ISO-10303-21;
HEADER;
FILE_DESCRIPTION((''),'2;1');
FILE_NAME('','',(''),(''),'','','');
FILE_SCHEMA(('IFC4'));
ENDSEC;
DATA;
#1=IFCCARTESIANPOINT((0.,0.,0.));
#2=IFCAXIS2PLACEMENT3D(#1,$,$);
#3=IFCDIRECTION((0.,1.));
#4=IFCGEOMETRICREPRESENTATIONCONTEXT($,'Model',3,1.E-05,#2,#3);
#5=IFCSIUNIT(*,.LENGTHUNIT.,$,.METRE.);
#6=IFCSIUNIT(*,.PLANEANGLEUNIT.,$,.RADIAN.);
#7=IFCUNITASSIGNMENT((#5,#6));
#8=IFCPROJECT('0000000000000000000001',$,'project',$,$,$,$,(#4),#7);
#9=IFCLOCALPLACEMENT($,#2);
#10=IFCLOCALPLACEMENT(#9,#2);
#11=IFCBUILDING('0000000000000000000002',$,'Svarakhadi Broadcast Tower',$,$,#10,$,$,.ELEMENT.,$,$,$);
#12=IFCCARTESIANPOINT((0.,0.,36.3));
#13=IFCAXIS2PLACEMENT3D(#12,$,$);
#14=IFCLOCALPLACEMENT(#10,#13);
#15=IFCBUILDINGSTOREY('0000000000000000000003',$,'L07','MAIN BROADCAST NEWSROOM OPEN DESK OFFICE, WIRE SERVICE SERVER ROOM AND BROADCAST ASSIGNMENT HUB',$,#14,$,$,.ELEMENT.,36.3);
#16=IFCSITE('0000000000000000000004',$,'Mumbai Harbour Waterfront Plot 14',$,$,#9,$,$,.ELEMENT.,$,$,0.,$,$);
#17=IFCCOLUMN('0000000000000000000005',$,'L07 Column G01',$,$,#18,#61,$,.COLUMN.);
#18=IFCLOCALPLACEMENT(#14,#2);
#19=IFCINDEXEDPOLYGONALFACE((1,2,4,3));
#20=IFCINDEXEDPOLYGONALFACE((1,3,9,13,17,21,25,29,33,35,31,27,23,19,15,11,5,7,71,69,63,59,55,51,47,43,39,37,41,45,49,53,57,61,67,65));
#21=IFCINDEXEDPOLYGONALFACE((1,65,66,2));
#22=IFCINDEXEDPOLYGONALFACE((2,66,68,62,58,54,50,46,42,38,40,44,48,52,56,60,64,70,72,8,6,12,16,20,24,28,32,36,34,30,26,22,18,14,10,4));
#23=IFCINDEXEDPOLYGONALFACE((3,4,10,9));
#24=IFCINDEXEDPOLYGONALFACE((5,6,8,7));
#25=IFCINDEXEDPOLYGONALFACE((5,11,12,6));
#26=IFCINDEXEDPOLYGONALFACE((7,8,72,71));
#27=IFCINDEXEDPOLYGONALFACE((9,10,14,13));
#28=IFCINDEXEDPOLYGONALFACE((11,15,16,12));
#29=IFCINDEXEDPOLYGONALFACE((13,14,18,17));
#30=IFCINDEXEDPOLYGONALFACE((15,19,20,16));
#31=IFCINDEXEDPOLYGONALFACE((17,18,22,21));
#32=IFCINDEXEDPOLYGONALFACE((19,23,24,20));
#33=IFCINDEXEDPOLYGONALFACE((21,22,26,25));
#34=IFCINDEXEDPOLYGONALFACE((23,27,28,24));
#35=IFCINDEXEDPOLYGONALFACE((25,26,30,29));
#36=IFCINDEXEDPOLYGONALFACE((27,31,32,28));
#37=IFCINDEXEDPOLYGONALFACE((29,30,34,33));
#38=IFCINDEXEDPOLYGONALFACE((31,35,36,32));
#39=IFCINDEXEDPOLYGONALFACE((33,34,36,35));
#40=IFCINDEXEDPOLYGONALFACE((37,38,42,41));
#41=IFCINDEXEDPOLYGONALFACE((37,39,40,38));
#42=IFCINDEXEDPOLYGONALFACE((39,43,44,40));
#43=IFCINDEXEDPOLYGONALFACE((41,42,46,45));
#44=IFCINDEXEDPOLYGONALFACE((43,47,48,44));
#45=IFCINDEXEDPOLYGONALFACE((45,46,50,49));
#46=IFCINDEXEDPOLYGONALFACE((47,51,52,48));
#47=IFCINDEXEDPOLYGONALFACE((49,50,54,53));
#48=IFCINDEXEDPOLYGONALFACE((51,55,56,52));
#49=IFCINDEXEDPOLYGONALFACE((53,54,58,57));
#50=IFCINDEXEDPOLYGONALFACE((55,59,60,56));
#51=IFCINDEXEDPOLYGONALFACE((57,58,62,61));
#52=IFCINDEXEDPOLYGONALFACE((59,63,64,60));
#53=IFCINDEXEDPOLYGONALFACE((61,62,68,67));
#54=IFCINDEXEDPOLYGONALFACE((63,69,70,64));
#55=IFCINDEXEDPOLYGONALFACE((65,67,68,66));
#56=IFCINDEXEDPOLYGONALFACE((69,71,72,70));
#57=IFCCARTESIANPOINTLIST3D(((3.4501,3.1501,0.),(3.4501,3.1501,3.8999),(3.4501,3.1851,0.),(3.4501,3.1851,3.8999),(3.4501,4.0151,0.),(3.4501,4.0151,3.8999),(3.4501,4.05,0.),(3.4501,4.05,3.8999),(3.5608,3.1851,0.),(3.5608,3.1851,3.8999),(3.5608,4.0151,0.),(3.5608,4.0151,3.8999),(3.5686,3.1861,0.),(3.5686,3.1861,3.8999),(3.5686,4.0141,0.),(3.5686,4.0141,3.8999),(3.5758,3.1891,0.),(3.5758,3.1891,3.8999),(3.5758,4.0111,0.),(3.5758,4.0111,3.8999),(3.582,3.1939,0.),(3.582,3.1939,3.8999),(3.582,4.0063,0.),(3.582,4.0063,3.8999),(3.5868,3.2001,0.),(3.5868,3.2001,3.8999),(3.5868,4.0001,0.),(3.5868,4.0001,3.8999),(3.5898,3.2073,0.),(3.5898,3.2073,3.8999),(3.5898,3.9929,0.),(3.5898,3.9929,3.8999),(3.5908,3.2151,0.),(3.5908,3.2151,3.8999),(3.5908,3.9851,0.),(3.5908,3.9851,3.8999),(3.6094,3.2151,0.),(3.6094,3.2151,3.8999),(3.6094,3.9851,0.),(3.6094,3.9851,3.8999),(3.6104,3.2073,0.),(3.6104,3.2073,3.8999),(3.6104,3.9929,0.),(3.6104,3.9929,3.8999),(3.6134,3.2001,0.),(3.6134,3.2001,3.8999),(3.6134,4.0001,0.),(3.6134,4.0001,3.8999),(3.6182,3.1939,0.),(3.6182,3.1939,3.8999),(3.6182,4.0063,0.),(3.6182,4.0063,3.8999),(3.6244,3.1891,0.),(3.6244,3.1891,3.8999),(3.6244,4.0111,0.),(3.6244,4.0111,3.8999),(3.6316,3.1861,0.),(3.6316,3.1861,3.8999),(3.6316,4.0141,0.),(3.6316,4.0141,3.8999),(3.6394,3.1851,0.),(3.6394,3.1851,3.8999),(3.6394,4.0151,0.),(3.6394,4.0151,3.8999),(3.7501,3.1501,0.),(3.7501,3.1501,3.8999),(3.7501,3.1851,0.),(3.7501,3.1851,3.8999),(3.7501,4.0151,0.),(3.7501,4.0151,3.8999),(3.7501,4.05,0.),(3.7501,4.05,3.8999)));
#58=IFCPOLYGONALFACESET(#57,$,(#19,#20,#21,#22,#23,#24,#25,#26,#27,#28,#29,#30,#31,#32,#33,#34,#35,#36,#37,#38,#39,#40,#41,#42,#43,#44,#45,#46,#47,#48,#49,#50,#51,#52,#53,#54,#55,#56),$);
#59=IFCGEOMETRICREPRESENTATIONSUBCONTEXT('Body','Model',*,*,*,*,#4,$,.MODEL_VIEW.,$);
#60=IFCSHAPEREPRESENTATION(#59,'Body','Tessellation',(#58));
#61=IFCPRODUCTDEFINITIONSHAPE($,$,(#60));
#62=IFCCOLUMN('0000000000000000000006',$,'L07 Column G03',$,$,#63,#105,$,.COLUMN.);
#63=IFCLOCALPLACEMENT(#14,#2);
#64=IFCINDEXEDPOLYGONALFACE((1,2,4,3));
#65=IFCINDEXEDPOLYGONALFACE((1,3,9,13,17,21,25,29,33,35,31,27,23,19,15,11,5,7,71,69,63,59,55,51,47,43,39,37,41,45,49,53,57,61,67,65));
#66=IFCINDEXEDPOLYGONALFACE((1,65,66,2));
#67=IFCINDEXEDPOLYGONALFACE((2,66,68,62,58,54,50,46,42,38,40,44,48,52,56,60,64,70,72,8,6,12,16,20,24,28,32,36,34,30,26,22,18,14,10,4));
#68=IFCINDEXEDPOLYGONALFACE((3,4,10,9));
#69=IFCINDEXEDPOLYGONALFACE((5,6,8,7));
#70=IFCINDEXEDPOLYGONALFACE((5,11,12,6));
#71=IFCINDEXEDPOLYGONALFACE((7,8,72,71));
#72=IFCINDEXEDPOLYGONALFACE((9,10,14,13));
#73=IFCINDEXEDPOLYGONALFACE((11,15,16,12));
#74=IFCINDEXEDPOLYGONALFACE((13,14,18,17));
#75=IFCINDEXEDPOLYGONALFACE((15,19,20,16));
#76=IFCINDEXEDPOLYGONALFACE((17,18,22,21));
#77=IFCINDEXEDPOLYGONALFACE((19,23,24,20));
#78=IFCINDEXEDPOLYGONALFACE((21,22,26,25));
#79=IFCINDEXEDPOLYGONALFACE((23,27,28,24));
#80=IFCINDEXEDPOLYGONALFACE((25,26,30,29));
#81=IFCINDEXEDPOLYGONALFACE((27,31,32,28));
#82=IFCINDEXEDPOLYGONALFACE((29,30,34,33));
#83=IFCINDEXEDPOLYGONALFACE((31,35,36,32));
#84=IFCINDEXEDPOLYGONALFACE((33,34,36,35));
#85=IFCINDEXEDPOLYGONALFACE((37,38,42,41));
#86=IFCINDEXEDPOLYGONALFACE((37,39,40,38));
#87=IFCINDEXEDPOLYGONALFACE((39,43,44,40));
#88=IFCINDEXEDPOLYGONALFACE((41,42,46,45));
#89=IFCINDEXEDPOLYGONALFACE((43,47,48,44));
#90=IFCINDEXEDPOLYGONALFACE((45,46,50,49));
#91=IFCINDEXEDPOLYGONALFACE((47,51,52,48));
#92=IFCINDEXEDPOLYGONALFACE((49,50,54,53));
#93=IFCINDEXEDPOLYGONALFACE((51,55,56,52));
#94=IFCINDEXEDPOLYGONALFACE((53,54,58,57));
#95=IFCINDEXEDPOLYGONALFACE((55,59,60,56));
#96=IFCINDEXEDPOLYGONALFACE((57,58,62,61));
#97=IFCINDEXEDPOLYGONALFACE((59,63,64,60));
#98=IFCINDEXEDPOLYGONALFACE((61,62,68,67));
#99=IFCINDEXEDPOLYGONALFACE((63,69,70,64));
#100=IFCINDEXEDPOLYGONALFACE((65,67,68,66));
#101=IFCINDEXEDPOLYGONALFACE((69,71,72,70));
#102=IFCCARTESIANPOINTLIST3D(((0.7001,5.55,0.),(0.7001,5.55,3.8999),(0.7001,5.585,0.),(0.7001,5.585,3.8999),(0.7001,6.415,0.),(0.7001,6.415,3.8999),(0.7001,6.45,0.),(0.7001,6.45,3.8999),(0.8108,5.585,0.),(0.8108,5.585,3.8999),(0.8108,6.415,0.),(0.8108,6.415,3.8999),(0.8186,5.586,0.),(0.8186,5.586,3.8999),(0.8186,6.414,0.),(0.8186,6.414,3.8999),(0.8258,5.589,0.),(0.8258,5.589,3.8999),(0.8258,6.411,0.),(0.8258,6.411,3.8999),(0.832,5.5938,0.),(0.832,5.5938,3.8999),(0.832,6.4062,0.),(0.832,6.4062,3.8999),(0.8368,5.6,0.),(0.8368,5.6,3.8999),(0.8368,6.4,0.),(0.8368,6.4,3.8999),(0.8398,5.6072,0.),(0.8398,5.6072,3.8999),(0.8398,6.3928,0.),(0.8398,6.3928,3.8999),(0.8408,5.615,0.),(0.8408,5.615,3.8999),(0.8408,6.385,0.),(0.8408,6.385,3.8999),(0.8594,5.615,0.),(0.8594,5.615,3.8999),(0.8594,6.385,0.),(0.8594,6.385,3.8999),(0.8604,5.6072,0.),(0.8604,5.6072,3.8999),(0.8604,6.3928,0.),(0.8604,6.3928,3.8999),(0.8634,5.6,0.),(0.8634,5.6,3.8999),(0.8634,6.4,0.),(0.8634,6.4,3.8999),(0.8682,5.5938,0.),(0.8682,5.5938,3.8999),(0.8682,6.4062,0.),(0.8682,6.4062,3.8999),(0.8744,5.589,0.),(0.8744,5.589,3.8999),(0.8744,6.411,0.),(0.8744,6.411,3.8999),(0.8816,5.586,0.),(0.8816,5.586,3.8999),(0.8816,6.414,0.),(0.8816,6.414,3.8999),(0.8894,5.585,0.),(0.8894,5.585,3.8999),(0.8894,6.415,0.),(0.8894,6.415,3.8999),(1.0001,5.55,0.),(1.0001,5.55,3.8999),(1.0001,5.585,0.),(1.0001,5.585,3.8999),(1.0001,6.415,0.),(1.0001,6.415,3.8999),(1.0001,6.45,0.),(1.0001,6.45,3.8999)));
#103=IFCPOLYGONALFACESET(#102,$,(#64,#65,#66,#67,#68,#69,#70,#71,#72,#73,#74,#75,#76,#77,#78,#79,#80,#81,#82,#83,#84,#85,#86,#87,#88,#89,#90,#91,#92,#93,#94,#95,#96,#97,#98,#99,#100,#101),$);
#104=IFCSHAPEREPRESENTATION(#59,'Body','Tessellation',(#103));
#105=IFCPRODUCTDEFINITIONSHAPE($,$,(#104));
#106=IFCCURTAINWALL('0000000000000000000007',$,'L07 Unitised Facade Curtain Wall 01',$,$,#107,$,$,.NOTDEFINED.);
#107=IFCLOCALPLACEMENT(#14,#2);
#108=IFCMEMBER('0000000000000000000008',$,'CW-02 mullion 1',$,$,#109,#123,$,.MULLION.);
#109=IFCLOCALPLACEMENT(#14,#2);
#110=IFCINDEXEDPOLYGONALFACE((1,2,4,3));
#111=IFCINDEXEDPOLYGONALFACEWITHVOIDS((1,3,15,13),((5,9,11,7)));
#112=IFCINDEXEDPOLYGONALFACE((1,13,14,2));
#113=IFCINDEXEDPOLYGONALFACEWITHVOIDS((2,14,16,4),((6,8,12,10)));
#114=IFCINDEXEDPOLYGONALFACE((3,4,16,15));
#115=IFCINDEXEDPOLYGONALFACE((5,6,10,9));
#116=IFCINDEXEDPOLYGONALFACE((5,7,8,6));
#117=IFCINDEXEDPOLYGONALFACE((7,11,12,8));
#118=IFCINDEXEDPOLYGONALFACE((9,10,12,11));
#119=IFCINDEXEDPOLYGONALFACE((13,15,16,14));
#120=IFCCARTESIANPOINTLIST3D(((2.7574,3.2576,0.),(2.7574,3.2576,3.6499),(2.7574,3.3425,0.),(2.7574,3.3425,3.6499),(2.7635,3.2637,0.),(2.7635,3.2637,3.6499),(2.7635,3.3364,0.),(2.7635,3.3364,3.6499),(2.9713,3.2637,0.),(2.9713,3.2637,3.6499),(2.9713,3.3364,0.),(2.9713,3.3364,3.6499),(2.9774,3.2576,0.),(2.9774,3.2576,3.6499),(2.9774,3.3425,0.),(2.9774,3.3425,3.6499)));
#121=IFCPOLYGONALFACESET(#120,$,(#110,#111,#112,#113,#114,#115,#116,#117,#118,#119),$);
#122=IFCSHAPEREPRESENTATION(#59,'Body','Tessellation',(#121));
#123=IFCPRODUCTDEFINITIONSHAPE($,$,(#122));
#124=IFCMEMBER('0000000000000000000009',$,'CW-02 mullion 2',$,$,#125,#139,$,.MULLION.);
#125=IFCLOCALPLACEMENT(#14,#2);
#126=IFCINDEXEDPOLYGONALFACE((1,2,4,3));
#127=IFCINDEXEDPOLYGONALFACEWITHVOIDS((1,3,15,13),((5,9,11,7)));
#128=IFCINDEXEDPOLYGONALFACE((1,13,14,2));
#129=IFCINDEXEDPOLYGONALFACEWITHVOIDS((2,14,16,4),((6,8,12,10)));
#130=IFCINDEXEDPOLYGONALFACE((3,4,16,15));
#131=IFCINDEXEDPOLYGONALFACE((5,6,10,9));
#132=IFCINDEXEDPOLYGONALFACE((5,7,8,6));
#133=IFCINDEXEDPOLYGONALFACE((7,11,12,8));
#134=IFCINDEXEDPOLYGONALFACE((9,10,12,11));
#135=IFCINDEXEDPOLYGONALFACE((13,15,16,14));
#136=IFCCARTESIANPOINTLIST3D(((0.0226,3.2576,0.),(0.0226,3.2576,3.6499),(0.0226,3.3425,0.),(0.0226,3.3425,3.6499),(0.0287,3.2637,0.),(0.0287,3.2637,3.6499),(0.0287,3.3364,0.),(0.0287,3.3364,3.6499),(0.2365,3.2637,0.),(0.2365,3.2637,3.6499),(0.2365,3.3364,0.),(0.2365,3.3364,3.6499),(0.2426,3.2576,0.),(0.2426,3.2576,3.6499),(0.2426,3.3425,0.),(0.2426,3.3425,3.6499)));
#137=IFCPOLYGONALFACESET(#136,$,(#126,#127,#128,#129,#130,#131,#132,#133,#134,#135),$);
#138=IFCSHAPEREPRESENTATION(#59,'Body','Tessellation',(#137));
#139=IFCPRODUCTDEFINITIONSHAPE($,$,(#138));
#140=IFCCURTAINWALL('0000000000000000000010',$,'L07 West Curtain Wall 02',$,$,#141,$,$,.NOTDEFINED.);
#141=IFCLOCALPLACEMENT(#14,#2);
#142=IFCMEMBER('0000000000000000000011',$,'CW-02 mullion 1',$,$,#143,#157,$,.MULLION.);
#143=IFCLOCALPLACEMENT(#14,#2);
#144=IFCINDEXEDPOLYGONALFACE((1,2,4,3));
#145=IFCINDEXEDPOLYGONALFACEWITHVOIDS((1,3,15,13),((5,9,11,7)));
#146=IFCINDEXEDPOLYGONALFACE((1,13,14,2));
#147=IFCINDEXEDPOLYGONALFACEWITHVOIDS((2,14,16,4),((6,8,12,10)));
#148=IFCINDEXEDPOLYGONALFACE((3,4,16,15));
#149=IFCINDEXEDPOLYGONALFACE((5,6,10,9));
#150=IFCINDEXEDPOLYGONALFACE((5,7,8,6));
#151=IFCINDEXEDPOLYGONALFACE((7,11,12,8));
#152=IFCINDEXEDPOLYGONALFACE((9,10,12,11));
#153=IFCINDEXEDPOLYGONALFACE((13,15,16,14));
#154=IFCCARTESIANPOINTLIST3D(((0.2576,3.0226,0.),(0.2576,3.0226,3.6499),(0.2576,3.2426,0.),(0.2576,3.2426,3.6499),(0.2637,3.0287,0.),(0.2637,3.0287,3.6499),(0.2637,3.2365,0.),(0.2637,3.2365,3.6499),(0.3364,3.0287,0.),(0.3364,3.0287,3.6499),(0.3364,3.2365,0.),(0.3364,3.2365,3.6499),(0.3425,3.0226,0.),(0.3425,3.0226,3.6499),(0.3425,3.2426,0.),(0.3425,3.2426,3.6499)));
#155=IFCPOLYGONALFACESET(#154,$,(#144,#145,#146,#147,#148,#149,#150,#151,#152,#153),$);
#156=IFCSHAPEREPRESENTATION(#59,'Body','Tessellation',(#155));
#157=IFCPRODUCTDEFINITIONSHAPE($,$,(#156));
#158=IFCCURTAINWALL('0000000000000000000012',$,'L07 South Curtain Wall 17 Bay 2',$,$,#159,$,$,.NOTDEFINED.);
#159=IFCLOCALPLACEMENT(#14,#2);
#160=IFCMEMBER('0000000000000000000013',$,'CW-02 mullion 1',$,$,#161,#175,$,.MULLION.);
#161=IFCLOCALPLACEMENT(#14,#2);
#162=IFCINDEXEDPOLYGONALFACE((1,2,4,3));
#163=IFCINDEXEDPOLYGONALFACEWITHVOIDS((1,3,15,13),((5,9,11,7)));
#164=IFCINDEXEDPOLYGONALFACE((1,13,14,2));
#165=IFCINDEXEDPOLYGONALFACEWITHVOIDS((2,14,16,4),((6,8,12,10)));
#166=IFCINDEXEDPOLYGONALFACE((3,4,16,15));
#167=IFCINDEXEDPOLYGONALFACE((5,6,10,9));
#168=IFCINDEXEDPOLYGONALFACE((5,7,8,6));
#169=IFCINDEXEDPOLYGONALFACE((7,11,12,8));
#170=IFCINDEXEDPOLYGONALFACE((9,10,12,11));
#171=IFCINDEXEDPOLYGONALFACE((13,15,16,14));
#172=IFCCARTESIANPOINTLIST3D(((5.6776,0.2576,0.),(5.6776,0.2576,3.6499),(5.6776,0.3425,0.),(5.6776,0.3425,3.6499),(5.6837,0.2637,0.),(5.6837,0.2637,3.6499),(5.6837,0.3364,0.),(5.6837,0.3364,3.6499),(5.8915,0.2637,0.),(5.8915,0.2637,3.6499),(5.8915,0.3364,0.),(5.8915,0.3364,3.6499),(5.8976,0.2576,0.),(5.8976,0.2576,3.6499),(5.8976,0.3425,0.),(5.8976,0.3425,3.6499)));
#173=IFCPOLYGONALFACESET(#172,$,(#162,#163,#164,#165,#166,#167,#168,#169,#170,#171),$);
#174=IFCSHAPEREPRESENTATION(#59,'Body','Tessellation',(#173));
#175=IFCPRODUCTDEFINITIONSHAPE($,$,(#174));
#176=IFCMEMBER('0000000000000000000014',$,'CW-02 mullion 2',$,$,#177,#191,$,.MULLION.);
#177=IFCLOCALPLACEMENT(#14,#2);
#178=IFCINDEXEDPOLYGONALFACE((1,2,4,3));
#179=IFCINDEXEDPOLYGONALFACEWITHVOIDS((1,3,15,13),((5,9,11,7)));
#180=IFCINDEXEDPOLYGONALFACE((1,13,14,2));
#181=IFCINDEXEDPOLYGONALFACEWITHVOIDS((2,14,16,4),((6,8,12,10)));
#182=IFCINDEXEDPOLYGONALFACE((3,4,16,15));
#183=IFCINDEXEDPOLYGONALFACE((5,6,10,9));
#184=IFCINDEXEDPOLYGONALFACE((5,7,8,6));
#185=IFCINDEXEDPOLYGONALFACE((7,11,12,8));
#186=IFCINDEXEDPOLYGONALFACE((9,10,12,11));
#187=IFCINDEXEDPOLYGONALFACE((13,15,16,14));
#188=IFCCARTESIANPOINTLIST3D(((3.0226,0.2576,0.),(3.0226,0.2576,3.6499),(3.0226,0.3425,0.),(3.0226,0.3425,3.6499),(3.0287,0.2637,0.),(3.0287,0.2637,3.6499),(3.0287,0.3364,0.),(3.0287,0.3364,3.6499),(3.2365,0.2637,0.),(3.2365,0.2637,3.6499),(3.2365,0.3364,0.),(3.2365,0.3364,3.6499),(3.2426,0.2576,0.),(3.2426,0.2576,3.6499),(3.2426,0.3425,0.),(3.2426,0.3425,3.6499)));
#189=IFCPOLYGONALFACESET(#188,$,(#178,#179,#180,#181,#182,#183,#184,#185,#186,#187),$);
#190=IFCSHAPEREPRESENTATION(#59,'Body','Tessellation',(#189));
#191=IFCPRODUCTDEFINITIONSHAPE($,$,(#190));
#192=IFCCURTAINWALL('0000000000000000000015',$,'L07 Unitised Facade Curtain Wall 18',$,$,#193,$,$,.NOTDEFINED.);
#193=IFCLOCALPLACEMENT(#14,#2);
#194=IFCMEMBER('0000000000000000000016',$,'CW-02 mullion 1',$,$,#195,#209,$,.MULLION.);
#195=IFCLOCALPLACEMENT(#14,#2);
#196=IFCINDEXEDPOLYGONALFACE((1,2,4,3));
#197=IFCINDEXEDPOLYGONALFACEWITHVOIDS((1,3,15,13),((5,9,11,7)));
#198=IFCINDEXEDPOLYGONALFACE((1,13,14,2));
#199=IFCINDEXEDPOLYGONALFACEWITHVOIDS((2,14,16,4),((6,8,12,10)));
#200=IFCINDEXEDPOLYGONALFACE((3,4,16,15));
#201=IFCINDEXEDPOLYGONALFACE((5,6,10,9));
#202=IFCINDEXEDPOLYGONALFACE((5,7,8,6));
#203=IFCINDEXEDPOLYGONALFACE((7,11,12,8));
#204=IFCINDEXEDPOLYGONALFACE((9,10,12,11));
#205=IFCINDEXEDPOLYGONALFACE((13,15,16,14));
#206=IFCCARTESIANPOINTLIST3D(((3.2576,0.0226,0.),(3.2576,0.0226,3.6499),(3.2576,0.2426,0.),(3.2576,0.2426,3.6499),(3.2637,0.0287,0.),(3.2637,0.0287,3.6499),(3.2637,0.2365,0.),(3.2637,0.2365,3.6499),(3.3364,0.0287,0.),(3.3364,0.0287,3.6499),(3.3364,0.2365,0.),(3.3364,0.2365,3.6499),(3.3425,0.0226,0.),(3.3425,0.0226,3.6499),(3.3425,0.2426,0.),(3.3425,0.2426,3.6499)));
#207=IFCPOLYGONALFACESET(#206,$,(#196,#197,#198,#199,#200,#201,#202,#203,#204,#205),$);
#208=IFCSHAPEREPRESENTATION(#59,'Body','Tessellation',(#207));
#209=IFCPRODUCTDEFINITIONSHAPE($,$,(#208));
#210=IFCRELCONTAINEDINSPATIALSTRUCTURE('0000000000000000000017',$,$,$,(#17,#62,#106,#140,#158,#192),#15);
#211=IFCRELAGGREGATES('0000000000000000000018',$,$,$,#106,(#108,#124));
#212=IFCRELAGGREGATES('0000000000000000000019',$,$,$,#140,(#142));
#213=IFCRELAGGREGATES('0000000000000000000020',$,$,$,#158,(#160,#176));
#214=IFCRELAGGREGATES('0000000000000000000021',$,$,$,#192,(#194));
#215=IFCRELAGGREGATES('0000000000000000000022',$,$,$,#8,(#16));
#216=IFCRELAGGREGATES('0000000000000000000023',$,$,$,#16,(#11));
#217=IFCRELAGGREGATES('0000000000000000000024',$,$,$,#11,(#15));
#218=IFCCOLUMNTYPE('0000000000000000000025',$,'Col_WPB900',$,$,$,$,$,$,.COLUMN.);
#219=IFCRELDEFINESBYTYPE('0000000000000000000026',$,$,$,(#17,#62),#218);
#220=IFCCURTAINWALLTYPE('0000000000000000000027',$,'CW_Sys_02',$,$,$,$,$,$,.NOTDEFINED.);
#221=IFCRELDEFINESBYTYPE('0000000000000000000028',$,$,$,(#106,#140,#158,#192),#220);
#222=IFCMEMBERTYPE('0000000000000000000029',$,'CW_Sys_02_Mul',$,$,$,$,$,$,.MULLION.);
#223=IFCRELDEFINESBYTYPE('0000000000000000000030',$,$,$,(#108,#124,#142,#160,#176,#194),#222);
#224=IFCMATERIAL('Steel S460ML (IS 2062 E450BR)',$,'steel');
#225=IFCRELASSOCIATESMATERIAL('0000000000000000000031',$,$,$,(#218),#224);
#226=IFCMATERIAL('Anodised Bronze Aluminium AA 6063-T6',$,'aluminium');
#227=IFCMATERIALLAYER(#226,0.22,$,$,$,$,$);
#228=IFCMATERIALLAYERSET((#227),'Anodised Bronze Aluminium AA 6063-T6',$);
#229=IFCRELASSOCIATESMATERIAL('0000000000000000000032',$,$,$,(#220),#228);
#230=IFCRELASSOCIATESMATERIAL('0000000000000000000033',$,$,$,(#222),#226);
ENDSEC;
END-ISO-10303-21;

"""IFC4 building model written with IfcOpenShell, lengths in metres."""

from ifc_helpers import new_model, si_unit, direction, frame, origin, origin_2d, place, context, subcontext, project, spatial, hollow_rectangle, i_section, extrude, material, layer, layer_set, material_profile, profile_set, type_object, element, aggregate, save


model = new_model("IFC4")

# Units and contexts
model_context = context("Model", 3, precision=1e-05, world=origin(), true_north=direction((0.0, 1.0)))
body_context = subcontext(model_context, "Body", "Model", "MODEL_VIEW")
ifc_project = project(units=[si_unit("LENGTHUNIT", "METRE"), si_unit("PLANEANGLEUNIT", "RADIAN")], contexts=[model_context])

# Site, building, storey
site_placement = place(None, origin())
site = spatial("IfcSite", under=ifc_project, at=site_placement, Name="Mumbai Harbour Waterfront Plot 14", CompositionType="ELEMENT", RefElevation=0.0)
building_placement = place(site_placement, origin())
building = spatial("IfcBuilding", under=site, at=building_placement, Name="Svarakhadi Broadcast Tower", CompositionType="ELEMENT")
storey_placement = place(building_placement, frame((0.0, 0.0, 36.3)))
storey = spatial("IfcBuildingStorey", under=building, at=storey_placement, Name="L07", Description="MAIN BROADCAST NEWSROOM OPEN DESK OFFICE, WIRE SERVICE SERVER ROOM AND BROADCAST ASSIGNMENT HUB", CompositionType="ELEMENT", Elevation=36.3)

# Columns
ifc_material_1 = material(Name="Steel S460ML (IS 2062 E450BR)", Category="steel")
ifc_material_profile_1 = material_profile(ifc_material_1, i_section(OverallWidth=0.3, OverallDepth=0.8999, WebThickness=0.0186, FlangeThickness=0.0349, FilletRadius=0.03, at=origin_2d()), Name="WPB 900x300x291")
ifc_profile_set_1 = profile_set([ifc_material_profile_1], Name="Steel S460ML (IS 2062 E450BR)")
column_type = type_object("IfcColumnType", Name="Col_WPB900", PredefinedType="COLUMN", material=ifc_profile_set_1)
for number, where, z_axis, x_axis, name in (
    (1, (3.6001, 3.6001, 0.0), (0.0, 0.0, 1.0), (1.0, 0.0, 0.0), "L07 Column G01"),
    (2, (0.8501, 6.0, 0.0), (0.0, 0.0, 1.0), (1.0, 0.0, 0.0), "L07 Column G03"),
):
    element("IfcColumn", number, at=place(storey_placement, frame(where, z_axis=z_axis, x_axis=x_axis)), inside=storey, type_object=column_type, Name=name, PredefinedType="COLUMN", context=body_context, shape_type="SweptSolid", body=[
        extrude(i_section(OverallWidth=0.3, OverallDepth=0.8999, WebThickness=0.0186, FlangeThickness=0.0349, FilletRadius=0.03, at=origin_2d()), origin(), (0.0, 0.0, 1.0), 3.8999),
    ])

# Curtain wall, members
ifc_material_2 = material(Name="Anodised Bronze Aluminium AA 6063-T6", Category="aluminium")
ifc_layer_1 = layer(ifc_material_2, 0.22)
ifc_layer_set_1 = layer_set([ifc_layer_1], Name="Anodised Bronze Aluminium AA 6063-T6")
curtain_wall_type = type_object("IfcCurtainWallType", Name="CW_Sys_02", PredefinedType="NOTDEFINED", material=ifc_layer_set_1)
curtain_wall_1_placement = place(storey_placement, origin())
curtain_wall_1 = element("IfcCurtainWall", 3, at=curtain_wall_1_placement, inside=storey, type_object=curtain_wall_type, Name="L07 Unitised Facade Curtain Wall 01", PredefinedType="NOTDEFINED")
ifc_material_profile_2 = material_profile(ifc_material_2, hollow_rectangle(XDim=0.085, YDim=0.22, WallThickness=0.0061, at=origin_2d()), Name="ALU MULLION 220x85x6")
ifc_profile_set_2 = profile_set([ifc_material_profile_2], Name="Anodised Bronze Aluminium AA 6063-T6")
member_type_1 = type_object("IfcMemberType", Name="CW_Sys_02_Mul", PredefinedType="MULLION", material=ifc_profile_set_2)
member_1_placement = place(storey_placement, frame((2.8674, 3.3, 0.0), z_axis=(0.0, 0.0, 1.0), x_axis=(0.0, -1.0, 0.0)))
member_1 = element("IfcMember", 4, at=member_1_placement, type_object=member_type_1, Name="CW-02 mullion 1", PredefinedType="MULLION", context=body_context, shape_type="SweptSolid", body=[
    extrude(hollow_rectangle(XDim=0.085, YDim=0.22, WallThickness=0.0061, at=origin_2d()), origin(), (0.0, 0.0, 1.0), 3.6499),
])
member_2_placement = place(storey_placement, frame((0.1326, 3.3, 0.0), z_axis=(0.0, 0.0, 1.0), x_axis=(0.0, -1.0, 0.0)))
member_2 = element("IfcMember", 5, at=member_2_placement, type_object=member_type_1, Name="CW-02 mullion 2", PredefinedType="MULLION", context=body_context, shape_type="SweptSolid", body=[
    extrude(hollow_rectangle(XDim=0.085, YDim=0.22, WallThickness=0.0061, at=origin_2d()), origin(), (0.0, 0.0, 1.0), 3.6499),
])

# Curtain wall, member
curtain_wall_2_placement = place(storey_placement, origin())
curtain_wall_2 = element("IfcCurtainWall", 6, at=curtain_wall_2_placement, inside=storey, type_object=curtain_wall_type, Name="L07 West Curtain Wall 02", PredefinedType="NOTDEFINED")
member_3_placement = place(storey_placement, frame((0.3, 3.1326, 0.0), z_axis=(0.0, 0.0, 1.0), x_axis=(-1.0, 0.0, 0.0)))
member_3 = element("IfcMember", 7, at=member_3_placement, type_object=member_type_1, Name="CW-02 mullion 1", PredefinedType="MULLION", context=body_context, shape_type="SweptSolid", body=[
    extrude(hollow_rectangle(XDim=0.085, YDim=0.22, WallThickness=0.0061, at=origin_2d()), origin(), (0.0, 0.0, 1.0), 3.6499),
])

# Curtain walls, members
curtain_wall_3_placement = place(storey_placement, origin())
curtain_wall_3 = element("IfcCurtainWall", 8, at=curtain_wall_3_placement, inside=storey, type_object=curtain_wall_type, Name="L07 South Curtain Wall 17 Bay 2", PredefinedType="NOTDEFINED")
member_4_placement = place(storey_placement, frame((5.7876, 0.3, 0.0), z_axis=(0.0, 0.0, 1.0), x_axis=(0.0, -1.0, 0.0)))
member_4 = element("IfcMember", 9, at=member_4_placement, type_object=member_type_1, Name="CW-02 mullion 1", PredefinedType="MULLION", context=body_context, shape_type="SweptSolid", body=[
    extrude(hollow_rectangle(XDim=0.085, YDim=0.22, WallThickness=0.0061, at=origin_2d()), origin(), (0.0, 0.0, 1.0), 3.6499),
])
member_5_placement = place(storey_placement, frame((3.1326, 0.3, 0.0), z_axis=(0.0, 0.0, 1.0), x_axis=(0.0, -1.0, 0.0)))
member_5 = element("IfcMember", 10, at=member_5_placement, type_object=member_type_1, Name="CW-02 mullion 2", PredefinedType="MULLION", context=body_context, shape_type="SweptSolid", body=[
    extrude(hollow_rectangle(XDim=0.085, YDim=0.22, WallThickness=0.0061, at=origin_2d()), origin(), (0.0, 0.0, 1.0), 3.6499),
])
curtain_wall_4_placement = place(storey_placement, origin())
curtain_wall_4 = element("IfcCurtainWall", 11, at=curtain_wall_4_placement, inside=storey, type_object=curtain_wall_type, Name="L07 Unitised Facade Curtain Wall 18", PredefinedType="NOTDEFINED")
member_6_placement = place(storey_placement, frame((3.3, 0.1326, 0.0), z_axis=(0.0, 0.0, 1.0), x_axis=(-1.0, 0.0, 0.0)))
member_6 = element("IfcMember", 12, at=member_6_placement, type_object=member_type_1, Name="CW-02 mullion 1", PredefinedType="MULLION", context=body_context, shape_type="SweptSolid", body=[
    extrude(hollow_rectangle(XDim=0.085, YDim=0.22, WallThickness=0.0061, at=origin_2d()), origin(), (0.0, 0.0, 1.0), 3.6499),
])

aggregate(curtain_wall_1, [member_1, member_2])
aggregate(curtain_wall_2, [member_3])
aggregate(curtain_wall_3, [member_4, member_5])
aggregate(curtain_wall_4, [member_6])

save(model, "model.ifc")
